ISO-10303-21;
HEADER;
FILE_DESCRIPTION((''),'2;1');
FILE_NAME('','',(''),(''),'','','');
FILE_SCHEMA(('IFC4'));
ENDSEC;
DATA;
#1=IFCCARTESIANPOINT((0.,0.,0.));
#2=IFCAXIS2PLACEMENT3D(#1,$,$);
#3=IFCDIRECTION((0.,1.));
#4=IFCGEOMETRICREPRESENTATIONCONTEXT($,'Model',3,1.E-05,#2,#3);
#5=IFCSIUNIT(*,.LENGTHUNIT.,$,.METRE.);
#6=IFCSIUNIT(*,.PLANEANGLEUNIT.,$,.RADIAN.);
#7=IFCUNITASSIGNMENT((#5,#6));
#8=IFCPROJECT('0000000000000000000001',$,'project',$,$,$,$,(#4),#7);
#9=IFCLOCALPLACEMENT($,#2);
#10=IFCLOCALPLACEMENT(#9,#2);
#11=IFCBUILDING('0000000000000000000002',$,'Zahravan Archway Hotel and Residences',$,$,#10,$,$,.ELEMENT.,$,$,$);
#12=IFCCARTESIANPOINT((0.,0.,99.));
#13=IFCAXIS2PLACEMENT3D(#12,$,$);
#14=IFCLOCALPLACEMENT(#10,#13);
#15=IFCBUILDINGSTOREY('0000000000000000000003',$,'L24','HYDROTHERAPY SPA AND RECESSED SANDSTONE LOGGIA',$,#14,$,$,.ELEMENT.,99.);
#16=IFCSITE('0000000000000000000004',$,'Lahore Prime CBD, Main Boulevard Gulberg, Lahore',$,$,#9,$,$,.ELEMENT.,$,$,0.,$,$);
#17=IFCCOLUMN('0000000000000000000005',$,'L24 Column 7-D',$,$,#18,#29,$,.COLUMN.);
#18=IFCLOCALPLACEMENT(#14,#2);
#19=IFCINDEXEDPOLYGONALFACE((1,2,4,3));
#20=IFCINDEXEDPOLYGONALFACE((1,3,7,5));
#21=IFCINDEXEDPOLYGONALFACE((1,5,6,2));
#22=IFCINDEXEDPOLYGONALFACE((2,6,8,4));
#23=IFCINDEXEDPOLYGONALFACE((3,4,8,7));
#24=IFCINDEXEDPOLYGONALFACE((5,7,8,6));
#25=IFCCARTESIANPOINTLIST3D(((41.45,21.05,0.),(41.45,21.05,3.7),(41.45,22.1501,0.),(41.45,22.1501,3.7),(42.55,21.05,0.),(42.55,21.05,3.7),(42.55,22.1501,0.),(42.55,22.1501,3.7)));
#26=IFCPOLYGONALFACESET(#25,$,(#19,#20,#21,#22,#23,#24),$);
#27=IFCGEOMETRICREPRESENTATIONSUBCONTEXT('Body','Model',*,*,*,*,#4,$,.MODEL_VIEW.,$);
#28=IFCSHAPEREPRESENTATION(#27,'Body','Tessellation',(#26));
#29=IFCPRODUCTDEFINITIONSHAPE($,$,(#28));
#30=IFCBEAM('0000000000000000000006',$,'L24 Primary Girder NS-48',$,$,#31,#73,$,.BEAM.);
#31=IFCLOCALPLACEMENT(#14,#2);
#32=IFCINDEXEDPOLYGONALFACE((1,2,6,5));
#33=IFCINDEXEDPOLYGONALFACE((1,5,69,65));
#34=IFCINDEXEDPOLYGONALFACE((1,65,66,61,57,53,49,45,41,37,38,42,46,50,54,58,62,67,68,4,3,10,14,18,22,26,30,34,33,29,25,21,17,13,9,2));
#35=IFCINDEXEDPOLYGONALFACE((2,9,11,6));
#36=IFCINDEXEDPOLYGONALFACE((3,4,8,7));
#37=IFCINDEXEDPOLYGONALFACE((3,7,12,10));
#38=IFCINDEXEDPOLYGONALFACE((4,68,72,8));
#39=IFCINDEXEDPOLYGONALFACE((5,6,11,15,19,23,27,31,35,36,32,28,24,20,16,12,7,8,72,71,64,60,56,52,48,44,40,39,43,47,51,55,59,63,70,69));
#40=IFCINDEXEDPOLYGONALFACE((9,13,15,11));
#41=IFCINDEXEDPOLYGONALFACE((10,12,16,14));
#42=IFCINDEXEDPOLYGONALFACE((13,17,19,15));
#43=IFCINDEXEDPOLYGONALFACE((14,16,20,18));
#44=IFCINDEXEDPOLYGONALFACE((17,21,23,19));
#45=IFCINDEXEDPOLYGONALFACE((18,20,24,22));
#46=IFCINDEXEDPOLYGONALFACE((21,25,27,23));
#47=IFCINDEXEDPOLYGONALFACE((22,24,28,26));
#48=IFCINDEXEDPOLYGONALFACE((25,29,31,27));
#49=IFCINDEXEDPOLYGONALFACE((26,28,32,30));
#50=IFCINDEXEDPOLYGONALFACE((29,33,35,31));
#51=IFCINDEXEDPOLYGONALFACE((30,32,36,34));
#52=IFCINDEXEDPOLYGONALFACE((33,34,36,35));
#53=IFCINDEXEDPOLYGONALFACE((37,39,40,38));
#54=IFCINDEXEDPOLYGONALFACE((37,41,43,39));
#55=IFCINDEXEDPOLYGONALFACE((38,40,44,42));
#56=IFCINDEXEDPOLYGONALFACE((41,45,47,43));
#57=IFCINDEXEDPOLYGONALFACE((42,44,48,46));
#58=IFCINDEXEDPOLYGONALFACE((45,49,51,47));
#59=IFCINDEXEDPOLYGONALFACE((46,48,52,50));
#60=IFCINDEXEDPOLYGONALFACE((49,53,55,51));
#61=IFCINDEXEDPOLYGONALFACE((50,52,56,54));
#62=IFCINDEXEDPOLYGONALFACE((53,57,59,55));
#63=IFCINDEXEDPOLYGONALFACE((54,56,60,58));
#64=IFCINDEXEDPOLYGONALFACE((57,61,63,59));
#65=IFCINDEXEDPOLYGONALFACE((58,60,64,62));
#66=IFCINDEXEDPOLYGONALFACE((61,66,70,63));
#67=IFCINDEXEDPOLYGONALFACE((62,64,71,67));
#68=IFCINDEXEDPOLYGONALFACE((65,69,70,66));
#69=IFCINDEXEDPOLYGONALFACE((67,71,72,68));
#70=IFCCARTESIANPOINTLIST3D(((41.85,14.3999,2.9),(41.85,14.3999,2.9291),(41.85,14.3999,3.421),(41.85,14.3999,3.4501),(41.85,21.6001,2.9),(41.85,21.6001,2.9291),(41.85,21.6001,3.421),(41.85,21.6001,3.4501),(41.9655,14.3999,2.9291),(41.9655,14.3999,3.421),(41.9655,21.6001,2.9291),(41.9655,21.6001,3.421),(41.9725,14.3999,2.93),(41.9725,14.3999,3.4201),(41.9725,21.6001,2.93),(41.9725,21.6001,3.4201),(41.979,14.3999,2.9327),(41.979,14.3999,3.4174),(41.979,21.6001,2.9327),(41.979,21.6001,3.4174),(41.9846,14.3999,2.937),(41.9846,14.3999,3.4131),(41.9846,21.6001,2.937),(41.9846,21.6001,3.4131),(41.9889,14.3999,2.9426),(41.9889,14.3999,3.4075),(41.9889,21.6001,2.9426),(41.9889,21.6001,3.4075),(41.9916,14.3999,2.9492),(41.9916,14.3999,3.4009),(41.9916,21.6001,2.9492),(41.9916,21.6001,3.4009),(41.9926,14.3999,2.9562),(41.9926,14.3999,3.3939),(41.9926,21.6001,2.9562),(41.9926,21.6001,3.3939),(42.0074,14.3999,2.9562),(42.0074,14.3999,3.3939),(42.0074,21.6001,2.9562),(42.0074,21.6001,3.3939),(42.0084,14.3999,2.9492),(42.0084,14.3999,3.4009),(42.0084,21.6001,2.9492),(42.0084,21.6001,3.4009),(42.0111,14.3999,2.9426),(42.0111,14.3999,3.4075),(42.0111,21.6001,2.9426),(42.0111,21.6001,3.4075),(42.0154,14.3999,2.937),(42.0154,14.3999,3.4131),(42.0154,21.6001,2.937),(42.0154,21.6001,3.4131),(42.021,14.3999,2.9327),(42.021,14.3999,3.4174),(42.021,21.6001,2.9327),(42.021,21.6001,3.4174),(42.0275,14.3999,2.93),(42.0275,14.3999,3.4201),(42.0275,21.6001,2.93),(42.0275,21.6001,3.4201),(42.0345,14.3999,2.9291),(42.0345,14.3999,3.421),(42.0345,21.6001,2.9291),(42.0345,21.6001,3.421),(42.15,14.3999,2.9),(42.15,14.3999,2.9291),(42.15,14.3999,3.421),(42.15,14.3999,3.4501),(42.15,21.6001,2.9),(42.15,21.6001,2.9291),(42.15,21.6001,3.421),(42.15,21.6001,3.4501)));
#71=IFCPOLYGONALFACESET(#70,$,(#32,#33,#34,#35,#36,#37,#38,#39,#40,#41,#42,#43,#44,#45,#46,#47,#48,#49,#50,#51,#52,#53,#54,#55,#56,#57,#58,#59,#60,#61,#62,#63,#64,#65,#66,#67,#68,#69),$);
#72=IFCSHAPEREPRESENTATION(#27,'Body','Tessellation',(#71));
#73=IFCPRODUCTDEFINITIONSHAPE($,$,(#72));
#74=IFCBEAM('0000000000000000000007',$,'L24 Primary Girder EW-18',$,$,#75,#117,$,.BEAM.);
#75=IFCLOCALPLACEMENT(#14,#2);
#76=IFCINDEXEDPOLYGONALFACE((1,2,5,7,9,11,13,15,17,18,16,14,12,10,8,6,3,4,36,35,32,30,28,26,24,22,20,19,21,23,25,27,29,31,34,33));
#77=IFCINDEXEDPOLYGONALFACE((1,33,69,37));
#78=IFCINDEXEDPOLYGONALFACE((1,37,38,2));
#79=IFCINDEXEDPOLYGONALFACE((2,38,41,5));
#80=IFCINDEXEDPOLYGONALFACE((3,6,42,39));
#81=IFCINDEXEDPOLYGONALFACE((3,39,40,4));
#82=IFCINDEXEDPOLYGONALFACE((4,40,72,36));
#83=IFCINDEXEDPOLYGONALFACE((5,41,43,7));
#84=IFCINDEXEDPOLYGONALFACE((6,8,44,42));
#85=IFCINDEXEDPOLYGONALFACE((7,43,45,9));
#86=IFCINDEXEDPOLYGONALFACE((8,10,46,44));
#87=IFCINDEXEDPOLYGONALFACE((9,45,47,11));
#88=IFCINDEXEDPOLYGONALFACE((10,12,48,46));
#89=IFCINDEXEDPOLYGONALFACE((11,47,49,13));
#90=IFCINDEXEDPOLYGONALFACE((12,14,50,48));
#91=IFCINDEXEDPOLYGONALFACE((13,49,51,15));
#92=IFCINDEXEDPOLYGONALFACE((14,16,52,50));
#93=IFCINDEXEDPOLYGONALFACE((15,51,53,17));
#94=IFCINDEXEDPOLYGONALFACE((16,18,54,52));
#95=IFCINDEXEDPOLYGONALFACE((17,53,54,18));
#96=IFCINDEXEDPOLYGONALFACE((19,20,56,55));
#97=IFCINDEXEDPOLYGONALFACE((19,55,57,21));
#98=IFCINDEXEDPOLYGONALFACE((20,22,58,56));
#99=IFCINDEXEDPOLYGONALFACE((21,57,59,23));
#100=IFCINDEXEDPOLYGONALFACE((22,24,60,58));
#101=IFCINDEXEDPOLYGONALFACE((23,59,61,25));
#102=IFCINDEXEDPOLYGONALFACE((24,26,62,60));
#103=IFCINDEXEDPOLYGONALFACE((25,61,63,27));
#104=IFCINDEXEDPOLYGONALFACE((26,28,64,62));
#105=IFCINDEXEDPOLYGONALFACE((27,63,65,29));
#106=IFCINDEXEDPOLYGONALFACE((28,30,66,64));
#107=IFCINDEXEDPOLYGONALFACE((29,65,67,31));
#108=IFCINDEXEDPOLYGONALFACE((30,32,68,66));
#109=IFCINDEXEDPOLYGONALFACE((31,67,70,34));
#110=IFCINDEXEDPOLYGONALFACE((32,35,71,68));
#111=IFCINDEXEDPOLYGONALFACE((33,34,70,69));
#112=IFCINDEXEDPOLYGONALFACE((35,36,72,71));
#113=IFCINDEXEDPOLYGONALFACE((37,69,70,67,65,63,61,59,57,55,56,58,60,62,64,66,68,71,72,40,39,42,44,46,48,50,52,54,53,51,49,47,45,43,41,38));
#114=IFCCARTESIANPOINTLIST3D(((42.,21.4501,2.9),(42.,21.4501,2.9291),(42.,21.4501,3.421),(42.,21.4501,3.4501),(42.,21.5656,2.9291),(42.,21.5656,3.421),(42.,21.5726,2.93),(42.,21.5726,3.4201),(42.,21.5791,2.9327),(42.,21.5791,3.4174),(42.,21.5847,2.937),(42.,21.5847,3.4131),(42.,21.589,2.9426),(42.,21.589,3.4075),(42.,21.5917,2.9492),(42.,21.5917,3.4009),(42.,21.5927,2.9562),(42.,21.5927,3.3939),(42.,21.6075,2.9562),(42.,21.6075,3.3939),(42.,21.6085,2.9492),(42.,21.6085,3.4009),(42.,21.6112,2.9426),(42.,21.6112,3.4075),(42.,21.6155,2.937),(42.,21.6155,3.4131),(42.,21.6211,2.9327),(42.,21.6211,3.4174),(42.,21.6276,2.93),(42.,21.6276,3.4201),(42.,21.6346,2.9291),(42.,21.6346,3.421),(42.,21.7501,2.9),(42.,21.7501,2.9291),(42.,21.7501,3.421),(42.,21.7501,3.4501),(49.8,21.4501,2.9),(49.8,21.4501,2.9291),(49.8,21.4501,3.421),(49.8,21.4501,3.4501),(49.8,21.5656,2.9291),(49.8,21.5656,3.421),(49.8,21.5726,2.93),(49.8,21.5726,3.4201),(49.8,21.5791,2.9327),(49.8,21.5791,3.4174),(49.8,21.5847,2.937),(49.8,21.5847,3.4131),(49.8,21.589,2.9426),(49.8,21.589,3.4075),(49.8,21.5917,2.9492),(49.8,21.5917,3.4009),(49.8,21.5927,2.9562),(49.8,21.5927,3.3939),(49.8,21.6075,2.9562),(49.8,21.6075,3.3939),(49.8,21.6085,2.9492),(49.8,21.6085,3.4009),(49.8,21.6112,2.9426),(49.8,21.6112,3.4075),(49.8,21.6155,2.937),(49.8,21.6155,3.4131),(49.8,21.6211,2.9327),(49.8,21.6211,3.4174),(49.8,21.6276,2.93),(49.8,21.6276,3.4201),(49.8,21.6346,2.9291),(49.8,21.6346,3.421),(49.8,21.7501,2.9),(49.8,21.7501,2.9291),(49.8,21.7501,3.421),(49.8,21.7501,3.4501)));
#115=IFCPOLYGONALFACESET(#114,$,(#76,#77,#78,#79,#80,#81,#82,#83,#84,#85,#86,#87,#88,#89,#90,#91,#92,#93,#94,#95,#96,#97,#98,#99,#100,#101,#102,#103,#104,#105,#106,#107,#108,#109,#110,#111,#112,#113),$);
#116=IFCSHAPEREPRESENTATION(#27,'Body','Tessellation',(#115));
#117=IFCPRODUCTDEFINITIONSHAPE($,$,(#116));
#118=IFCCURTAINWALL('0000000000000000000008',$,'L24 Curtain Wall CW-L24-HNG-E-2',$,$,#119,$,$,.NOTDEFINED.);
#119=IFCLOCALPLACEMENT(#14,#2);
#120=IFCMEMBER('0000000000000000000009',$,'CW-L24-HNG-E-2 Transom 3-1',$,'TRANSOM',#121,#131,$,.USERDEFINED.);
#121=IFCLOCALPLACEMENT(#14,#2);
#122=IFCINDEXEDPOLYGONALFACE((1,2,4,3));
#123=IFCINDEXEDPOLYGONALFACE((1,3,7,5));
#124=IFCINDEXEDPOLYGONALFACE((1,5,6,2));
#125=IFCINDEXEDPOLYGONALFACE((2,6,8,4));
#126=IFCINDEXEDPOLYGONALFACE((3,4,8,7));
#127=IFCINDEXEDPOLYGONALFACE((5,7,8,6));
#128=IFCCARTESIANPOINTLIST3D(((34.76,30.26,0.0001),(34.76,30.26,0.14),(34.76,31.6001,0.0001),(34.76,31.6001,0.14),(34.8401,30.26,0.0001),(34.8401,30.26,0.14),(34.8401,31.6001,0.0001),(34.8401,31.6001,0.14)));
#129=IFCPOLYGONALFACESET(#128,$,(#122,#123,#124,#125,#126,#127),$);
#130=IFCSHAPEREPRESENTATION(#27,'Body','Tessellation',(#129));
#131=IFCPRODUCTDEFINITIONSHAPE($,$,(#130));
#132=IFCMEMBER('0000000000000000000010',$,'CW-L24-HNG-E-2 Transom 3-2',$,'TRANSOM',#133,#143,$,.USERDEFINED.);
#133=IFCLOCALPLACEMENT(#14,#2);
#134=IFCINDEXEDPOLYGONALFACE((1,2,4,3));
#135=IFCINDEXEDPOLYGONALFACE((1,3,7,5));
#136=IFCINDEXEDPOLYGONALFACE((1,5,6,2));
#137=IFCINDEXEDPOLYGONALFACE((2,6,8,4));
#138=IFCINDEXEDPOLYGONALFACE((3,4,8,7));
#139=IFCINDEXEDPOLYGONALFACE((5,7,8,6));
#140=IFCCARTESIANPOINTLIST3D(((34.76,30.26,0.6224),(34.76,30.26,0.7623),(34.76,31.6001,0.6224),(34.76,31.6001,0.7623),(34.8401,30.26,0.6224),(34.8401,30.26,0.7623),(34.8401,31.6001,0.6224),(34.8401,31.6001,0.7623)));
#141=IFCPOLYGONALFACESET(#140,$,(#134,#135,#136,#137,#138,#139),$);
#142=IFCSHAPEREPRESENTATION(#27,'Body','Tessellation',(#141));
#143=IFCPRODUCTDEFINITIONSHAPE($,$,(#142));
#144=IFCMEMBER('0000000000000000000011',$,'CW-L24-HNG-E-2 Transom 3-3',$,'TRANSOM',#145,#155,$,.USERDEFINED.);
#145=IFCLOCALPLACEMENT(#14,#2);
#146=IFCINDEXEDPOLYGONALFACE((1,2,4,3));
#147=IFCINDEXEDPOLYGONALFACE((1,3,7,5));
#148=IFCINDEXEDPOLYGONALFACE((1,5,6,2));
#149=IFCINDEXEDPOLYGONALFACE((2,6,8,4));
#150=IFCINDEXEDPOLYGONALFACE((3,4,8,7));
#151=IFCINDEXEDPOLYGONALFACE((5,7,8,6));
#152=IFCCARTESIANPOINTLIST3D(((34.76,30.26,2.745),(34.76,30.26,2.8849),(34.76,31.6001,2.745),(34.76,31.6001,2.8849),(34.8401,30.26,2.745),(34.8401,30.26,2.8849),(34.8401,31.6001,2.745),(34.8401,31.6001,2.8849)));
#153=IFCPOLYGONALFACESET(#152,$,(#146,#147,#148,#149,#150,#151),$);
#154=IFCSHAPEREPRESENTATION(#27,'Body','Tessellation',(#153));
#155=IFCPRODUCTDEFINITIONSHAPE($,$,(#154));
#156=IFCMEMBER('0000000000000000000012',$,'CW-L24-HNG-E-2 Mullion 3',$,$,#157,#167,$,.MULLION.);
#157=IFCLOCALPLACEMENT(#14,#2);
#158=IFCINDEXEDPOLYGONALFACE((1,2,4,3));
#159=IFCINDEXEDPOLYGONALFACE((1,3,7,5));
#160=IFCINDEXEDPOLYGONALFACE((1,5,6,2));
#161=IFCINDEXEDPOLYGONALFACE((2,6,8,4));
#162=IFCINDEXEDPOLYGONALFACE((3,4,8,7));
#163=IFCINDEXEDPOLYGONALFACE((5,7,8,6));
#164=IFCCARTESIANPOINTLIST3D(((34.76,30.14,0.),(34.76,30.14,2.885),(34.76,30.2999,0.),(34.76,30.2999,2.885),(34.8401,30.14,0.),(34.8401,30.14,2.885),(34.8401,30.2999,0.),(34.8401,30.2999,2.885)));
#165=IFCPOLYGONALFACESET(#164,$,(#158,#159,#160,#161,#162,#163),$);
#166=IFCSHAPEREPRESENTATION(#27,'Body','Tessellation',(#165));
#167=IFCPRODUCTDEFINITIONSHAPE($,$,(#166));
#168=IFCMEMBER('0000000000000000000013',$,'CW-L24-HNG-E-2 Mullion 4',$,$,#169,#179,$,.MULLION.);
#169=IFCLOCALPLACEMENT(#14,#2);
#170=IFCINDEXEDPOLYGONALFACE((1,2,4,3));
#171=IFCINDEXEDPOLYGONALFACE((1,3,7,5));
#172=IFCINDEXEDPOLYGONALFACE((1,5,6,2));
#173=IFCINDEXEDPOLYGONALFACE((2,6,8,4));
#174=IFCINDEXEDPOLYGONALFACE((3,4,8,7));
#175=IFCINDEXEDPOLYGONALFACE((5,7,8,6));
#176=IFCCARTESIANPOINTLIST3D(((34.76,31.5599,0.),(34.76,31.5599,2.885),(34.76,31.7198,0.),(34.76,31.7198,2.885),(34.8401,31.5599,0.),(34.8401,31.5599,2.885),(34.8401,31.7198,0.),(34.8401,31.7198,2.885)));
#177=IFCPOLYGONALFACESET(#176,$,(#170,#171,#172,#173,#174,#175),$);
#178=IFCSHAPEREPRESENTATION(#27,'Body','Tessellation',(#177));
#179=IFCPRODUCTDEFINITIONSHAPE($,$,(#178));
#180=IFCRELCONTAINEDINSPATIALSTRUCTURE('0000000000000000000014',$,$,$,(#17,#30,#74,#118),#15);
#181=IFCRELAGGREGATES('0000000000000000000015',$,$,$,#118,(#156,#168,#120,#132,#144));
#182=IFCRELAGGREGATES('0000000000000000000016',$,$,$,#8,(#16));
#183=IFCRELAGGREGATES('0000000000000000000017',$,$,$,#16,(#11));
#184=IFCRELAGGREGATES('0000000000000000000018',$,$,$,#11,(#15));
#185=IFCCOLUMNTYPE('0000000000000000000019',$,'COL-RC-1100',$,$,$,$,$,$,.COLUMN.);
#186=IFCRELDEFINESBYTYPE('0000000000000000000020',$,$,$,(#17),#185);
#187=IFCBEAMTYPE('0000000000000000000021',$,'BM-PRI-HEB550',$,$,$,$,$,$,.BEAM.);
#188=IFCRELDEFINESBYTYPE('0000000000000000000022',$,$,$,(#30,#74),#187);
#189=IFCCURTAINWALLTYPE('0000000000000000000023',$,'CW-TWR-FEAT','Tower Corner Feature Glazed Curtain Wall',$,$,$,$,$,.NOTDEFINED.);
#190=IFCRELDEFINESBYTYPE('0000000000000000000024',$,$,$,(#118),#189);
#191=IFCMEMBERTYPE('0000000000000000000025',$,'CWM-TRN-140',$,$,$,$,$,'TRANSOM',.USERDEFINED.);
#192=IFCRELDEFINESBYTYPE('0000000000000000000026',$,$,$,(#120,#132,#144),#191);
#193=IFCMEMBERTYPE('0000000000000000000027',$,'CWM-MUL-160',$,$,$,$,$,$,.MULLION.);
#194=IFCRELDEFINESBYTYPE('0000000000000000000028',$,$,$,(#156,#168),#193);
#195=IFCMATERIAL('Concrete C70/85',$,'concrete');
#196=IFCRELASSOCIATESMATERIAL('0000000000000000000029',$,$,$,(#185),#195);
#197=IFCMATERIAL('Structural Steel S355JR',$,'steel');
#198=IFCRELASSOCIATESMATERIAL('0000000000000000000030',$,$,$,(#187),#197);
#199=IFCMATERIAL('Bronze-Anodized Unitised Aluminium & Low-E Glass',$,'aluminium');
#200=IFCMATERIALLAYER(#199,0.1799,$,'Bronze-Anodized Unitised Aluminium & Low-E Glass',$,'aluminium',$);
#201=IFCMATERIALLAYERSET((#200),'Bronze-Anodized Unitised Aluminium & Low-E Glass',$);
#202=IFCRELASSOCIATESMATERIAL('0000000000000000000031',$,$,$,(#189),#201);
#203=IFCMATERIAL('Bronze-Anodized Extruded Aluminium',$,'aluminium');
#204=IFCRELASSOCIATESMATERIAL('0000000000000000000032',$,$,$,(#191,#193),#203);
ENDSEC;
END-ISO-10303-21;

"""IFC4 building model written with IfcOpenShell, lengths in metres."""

from ifc_helpers import new_model, si_unit, direction, frame, origin, origin_2d, place, context, subcontext, project, spatial, rectangle, i_section, extrude, source, transform, mapped, material, layer, layer_set, material_profile, profile_set, type_object, type_shapes, element, aggregate, save


model = new_model("IFC4")

# Units and contexts
model_context = context("Model", 3, precision=1e-05, world=origin(), true_north=direction((0.0, 1.0)))
body_context = subcontext(model_context, "Body", "Model", "MODEL_VIEW")
ifc_project = project(units=[si_unit("LENGTHUNIT", "METRE"), si_unit("PLANEANGLEUNIT", "RADIAN")], contexts=[model_context])

# Site, building, storey
site_placement = place(None, origin())
site = spatial("IfcSite", under=ifc_project, at=site_placement, Name="Lahore Prime CBD, Main Boulevard Gulberg, Lahore", CompositionType="ELEMENT", RefElevation=0.0)
building_placement = place(site_placement, origin())
building = spatial("IfcBuilding", under=site, at=building_placement, Name="Zahravan Archway Hotel and Residences", CompositionType="ELEMENT")
storey_placement = place(building_placement, frame((0.0, 0.0, 99.0)))
storey = spatial("IfcBuildingStorey", under=building, at=storey_placement, Name="L24", Description="HYDROTHERAPY SPA AND RECESSED SANDSTONE LOGGIA", CompositionType="ELEMENT", Elevation=99.0)

# Column
ifc_material_1 = material(Name="Concrete C70/85", Category="concrete")
ifc_material_profile_1 = material_profile(ifc_material_1, rectangle(XDim=1.1001, YDim=1.1001, at=origin_2d()), Name="RC 1100x1100", Category="concrete")
ifc_profile_set_1 = profile_set([ifc_material_profile_1], Name="Concrete C70/85")
column_type = type_object("IfcColumnType", Name="COL-RC-1100", PredefinedType="COLUMN", material=ifc_profile_set_1)
shared_shape_1 = source(origin(), body_context, "Body", "SweptSolid", [
    extrude(rectangle(XDim=1.1001, YDim=1.1001, at=origin_2d()), origin(), (0.0, 0.0, 1.0), 3.7),
])
column_placement = place(storey_placement, frame((42.0, 21.6001, 0.0), z_axis=(0.0, 0.0, 1.0), x_axis=(1.0, 0.0, 0.0)))
element("IfcColumn", 1, at=column_placement, inside=storey, type_object=column_type, Name="L24 Column 7-D", PredefinedType="COLUMN", context=body_context, shape_type="MappedRepresentation", body=[
    mapped(shared_shape_1, transform((0.0, 0.0, 0.0), scale=1.0)),
])

# Beams
ifc_material_2 = material(Name="Structural Steel S355JR", Category="steel")
ifc_material_profile_2 = material_profile(ifc_material_2, i_section(OverallWidth=0.3, OverallDepth=0.55, WebThickness=0.0149, FlangeThickness=0.0291, FilletRadius=0.0271, at=origin_2d()), Name="HEB 550", Category="steel")
ifc_profile_set_2 = profile_set([ifc_material_profile_2], Name="Structural Steel S355JR")
beam_type = type_object("IfcBeamType", Name="BM-PRI-HEB550", PredefinedType="BEAM", material=ifc_profile_set_2)
shared_shape_2 = source(origin(), body_context, "Body", "SweptSolid", [
    extrude(i_section(OverallWidth=0.3, OverallDepth=0.55, WebThickness=0.0149, FlangeThickness=0.0291, FilletRadius=0.0271, at=origin_2d()), origin(), (0.0, 0.0, 1.0), 7.2002),
])
type_shapes(beam_type, [shared_shape_2])
beam_1_placement = place(storey_placement, frame((42.0, 14.3999, 3.175), z_axis=(0.0, 1.0, 0.0), x_axis=(-1.0, 0.0, 0.0)))
element("IfcBeam", 2, at=beam_1_placement, inside=storey, type_object=beam_type, Name="L24 Primary Girder NS-48", PredefinedType="BEAM", context=body_context, shape_type="MappedRepresentation", body=[
    mapped(shared_shape_2, transform((0.0, 0.0, 0.0), scale=1.0)),
])
shared_shape_3 = source(origin(), body_context, "Body", "SweptSolid", [
    extrude(i_section(OverallWidth=0.3, OverallDepth=0.55, WebThickness=0.0149, FlangeThickness=0.0291, FilletRadius=0.0271, at=origin_2d()), origin(), (0.0, 0.0, 1.0), 7.8),
])
beam_2_placement = place(storey_placement, frame((42.0, 21.6001, 3.175), z_axis=(1.0, 0.0, 0.0), x_axis=(0.0, 1.0, 0.0)))
element("IfcBeam", 3, at=beam_2_placement, inside=storey, type_object=beam_type, Name="L24 Primary Girder EW-18", PredefinedType="BEAM", context=body_context, shape_type="MappedRepresentation", body=[
    mapped(shared_shape_3, transform((0.0, 0.0, 0.0), scale=1.0)),
])

# Curtain wall, members
ifc_material_3 = material(Name="Bronze-Anodized Unitised Aluminium & Low-E Glass", Category="aluminium")
ifc_layer_1 = layer(ifc_material_3, 0.1799, Name="Bronze-Anodized Unitised Aluminium & Low-E Glass", Category="aluminium")
ifc_layer_set_1 = layer_set([ifc_layer_1], Name="Bronze-Anodized Unitised Aluminium & Low-E Glass")
curtain_wall_type = type_object("IfcCurtainWallType", Name="CW-TWR-FEAT", Description="Tower Corner Feature Glazed Curtain Wall", PredefinedType="NOTDEFINED", material=ifc_layer_set_1)
curtain_wall_placement = place(storey_placement, origin())
curtain_wall = element("IfcCurtainWall", 4, at=curtain_wall_placement, inside=storey, type_object=curtain_wall_type, Name="L24 Curtain Wall CW-L24-HNG-E-2", PredefinedType="NOTDEFINED")
ifc_material_4 = material(Name="Bronze-Anodized Extruded Aluminium", Category="aluminium")
ifc_material_profile_3 = material_profile(ifc_material_4, rectangle(XDim=0.0801, YDim=0.1399, at=origin_2d()), Name="TRN 80x140", Category="aluminium")
ifc_profile_set_3 = profile_set([ifc_material_profile_3], Name="Bronze-Anodized Extruded Aluminium")
member_type_1 = type_object("IfcMemberType", Name="CWM-TRN-140", ElementType="TRANSOM", PredefinedType="USERDEFINED", material=ifc_profile_set_3)
shared_shape_4 = source(origin(), body_context, "Body", "SweptSolid", [
    extrude(rectangle(XDim=0.0801, YDim=0.1399, at=origin_2d()), origin(), (0.0, 0.0, 1.0), 1.3401),
])
member_1_placement = place(storey_placement, frame((34.8, 30.26, 0.0701), z_axis=(0.0, 1.0, 0.0), x_axis=(-1.0, 0.0, 0.0)))
member_1 = element("IfcMember", 5, at=member_1_placement, type_object=member_type_1, Name="CW-L24-HNG-E-2 Transom 3-1", ObjectType="TRANSOM", PredefinedType="USERDEFINED", context=body_context, shape_type="MappedRepresentation", body=[
    mapped(shared_shape_4, transform((0.0, 0.0, 0.0), scale=1.0)),
])
member_2_placement = place(storey_placement, frame((34.8, 30.26, 0.6924), z_axis=(0.0, 1.0, 0.0), x_axis=(-1.0, 0.0, 0.0)))
member_2 = element("IfcMember", 6, at=member_2_placement, type_object=member_type_1, Name="CW-L24-HNG-E-2 Transom 3-2", ObjectType="TRANSOM", PredefinedType="USERDEFINED", context=body_context, shape_type="MappedRepresentation", body=[
    mapped(shared_shape_4, transform((0.0, 0.0, 0.0), scale=1.0)),
])
member_3_placement = place(storey_placement, frame((34.8, 30.26, 2.8149), z_axis=(0.0, 1.0, 0.0), x_axis=(-1.0, 0.0, 0.0)))
member_3 = element("IfcMember", 7, at=member_3_placement, type_object=member_type_1, Name="CW-L24-HNG-E-2 Transom 3-3", ObjectType="TRANSOM", PredefinedType="USERDEFINED", context=body_context, shape_type="MappedRepresentation", body=[
    mapped(shared_shape_4, transform((0.0, 0.0, 0.0), scale=1.0)),
])
ifc_material_profile_4 = material_profile(ifc_material_4, rectangle(XDim=0.0801, YDim=0.1599, at=origin_2d()), Name="MUL 80x160", Category="aluminium")
ifc_profile_set_4 = profile_set([ifc_material_profile_4], Name="Bronze-Anodized Extruded Aluminium")
member_type_2 = type_object("IfcMemberType", Name="CWM-MUL-160", PredefinedType="MULLION", material=ifc_profile_set_4)
shared_shape_5 = source(origin(), body_context, "Body", "SweptSolid", [
    extrude(rectangle(XDim=0.0801, YDim=0.1599, at=origin_2d()), origin(), (0.0, 0.0, 1.0), 2.885),
])
member_4_placement = place(storey_placement, frame((34.8, 30.22, 0.0), z_axis=(0.0, 0.0, 1.0), x_axis=(1.0, 0.0, 0.0)))
member_4 = element("IfcMember", 8, at=member_4_placement, type_object=member_type_2, Name="CW-L24-HNG-E-2 Mullion 3", PredefinedType="MULLION", context=body_context, shape_type="MappedRepresentation", body=[
    mapped(shared_shape_5, transform((0.0, 0.0, 0.0), scale=1.0)),
])
member_5_placement = place(storey_placement, frame((34.8, 31.6399, 0.0), z_axis=(0.0, 0.0, 1.0), x_axis=(1.0, 0.0, 0.0)))
member_5 = element("IfcMember", 9, at=member_5_placement, type_object=member_type_2, Name="CW-L24-HNG-E-2 Mullion 4", PredefinedType="MULLION", context=body_context, shape_type="MappedRepresentation", body=[
    mapped(shared_shape_5, transform((0.0, 0.0, 0.0), scale=1.0)),
])
aggregate(curtain_wall, [member_4, member_5, member_1, member_2, member_3])

save(model, "model.ifc")
